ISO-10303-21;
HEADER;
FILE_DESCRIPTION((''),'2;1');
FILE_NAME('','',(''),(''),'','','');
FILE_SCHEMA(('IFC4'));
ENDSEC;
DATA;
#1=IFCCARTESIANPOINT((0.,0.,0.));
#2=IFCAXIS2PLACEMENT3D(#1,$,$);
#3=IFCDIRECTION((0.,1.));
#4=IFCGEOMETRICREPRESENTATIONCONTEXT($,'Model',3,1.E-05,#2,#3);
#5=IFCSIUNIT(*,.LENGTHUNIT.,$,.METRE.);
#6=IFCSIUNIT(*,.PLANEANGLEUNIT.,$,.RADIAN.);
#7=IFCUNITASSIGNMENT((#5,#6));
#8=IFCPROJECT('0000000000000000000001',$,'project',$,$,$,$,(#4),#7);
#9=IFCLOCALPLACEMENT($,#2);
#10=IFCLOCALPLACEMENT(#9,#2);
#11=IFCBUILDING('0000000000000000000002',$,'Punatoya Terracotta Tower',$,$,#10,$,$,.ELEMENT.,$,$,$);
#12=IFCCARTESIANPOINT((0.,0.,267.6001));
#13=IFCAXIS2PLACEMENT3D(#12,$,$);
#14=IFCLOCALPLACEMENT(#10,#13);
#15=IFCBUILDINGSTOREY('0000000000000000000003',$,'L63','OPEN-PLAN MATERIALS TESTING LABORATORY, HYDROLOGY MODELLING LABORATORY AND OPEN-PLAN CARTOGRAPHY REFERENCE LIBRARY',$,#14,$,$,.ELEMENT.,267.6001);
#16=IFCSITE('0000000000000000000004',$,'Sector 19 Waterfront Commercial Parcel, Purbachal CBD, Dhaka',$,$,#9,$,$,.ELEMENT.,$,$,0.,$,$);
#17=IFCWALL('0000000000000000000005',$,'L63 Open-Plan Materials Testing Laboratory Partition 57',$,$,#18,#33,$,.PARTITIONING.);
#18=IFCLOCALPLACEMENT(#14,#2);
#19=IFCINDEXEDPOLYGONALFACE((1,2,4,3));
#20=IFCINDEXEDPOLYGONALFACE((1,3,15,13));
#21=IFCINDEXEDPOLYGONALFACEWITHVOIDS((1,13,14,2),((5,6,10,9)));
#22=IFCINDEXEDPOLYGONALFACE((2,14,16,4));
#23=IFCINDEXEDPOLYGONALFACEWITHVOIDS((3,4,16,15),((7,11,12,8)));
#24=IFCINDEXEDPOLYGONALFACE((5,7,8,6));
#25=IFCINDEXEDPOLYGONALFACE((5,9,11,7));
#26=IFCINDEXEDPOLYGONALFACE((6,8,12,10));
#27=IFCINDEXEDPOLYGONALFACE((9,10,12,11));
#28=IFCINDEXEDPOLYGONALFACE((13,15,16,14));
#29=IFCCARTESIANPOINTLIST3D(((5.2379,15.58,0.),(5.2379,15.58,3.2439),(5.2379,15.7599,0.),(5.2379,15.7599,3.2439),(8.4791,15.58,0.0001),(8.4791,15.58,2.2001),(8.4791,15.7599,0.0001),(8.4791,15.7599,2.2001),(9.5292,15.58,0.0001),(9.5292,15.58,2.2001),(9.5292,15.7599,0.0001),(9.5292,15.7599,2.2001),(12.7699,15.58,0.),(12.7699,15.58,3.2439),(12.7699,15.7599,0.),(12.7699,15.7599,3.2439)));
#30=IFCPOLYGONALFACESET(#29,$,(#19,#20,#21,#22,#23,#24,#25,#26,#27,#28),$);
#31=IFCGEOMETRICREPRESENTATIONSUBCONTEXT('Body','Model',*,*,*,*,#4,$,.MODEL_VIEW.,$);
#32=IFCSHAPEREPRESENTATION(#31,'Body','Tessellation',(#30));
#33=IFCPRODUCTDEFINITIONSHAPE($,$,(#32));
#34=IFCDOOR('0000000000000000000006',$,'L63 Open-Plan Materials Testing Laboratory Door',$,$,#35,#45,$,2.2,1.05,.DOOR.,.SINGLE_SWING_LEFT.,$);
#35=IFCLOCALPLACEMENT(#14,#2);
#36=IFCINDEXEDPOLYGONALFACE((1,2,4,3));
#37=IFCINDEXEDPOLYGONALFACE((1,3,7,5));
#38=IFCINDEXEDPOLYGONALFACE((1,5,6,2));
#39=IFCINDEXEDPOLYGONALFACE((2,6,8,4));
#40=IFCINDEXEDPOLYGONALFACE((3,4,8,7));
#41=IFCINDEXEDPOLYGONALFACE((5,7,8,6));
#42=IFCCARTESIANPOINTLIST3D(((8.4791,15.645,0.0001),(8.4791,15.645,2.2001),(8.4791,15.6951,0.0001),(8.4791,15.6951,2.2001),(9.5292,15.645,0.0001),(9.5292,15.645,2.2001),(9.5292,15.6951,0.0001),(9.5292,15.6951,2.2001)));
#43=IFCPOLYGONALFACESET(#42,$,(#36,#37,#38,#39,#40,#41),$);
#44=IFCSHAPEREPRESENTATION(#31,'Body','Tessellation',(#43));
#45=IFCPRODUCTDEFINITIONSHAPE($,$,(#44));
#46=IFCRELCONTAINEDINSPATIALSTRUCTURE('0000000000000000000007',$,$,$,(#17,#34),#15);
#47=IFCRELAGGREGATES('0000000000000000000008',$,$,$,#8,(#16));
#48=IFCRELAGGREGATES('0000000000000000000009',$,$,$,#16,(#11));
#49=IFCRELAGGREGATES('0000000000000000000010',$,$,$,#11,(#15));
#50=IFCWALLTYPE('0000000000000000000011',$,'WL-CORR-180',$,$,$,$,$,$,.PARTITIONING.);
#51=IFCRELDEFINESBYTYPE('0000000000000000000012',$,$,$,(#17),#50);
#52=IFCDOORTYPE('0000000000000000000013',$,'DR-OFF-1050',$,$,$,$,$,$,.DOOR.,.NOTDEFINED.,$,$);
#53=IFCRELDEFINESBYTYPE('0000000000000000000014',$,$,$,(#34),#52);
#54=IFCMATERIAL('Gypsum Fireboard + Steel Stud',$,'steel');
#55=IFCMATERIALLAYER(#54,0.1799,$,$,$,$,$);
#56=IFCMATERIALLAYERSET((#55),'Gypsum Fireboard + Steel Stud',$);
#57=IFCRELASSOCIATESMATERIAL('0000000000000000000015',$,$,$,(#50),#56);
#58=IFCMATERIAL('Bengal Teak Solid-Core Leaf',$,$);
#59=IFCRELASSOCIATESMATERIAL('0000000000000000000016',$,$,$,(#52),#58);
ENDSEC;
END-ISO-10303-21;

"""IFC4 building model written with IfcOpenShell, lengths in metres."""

from ifc_helpers import new_model, si_unit, direction, frame, frame_2d, origin, place, context, subcontext, project, spatial, rectangle, extrude, material, layer, layer_set, type_object, element, fill, save


model = new_model("IFC4")

# Units and contexts
model_context = context("Model", 3, precision=1e-05, world=origin(), true_north=direction((0.0, 1.0)))
body_context = subcontext(model_context, "Body", "Model", "MODEL_VIEW")
ifc_project = project(units=[si_unit("LENGTHUNIT", "METRE"), si_unit("PLANEANGLEUNIT", "RADIAN")], contexts=[model_context])

# Site, building, storey
site_placement = place(None, origin())
site = spatial("IfcSite", under=ifc_project, at=site_placement, Name="Sector 19 Waterfront Commercial Parcel, Purbachal CBD, Dhaka", CompositionType="ELEMENT", RefElevation=0.0)
building_placement = place(site_placement, origin())
building = spatial("IfcBuilding", under=site, at=building_placement, Name="Punatoya Terracotta Tower", CompositionType="ELEMENT")
storey_placement = place(building_placement, frame((0.0, 0.0, 267.6001)))
storey = spatial("IfcBuildingStorey", under=building, at=storey_placement, Name="L63", Description="OPEN-PLAN MATERIALS TESTING LABORATORY, HYDROLOGY MODELLING LABORATORY AND OPEN-PLAN CARTOGRAPHY REFERENCE LIBRARY", CompositionType="ELEMENT", Elevation=267.6001)

# Wall, opening, door
ifc_material_1 = material(Name="Gypsum Fireboard + Steel Stud", Category="steel")
ifc_layer_1 = layer(ifc_material_1, 0.1799)
ifc_layer_set_1 = layer_set([ifc_layer_1], Name="Gypsum Fireboard + Steel Stud")
wall_type = type_object("IfcWallType", Name="WL-CORR-180", PredefinedType="PARTITIONING", material=ifc_layer_set_1)
ifc_material_2 = material(Name="Bengal Teak Solid-Core Leaf")
door_type = type_object("IfcDoorType", Name="DR-OFF-1050", OperationType="NOTDEFINED", PredefinedType="DOOR", material=ifc_material_2)
wall_1_placement = place(storey_placement, frame((12.77, 15.6699, 0.0), z_axis=(0.0, 0.0, 1.0), x_axis=(-1.0, 0.0, 0.0)))
wall_1 = element("IfcWall", 1, at=wall_1_placement, inside=storey, type_object=wall_type, Name="L63 Open-Plan Materials Testing Laboratory Partition 57", PredefinedType="PARTITIONING", context=body_context, shape_type="SweptSolid", body=[
    extrude(rectangle(XDim=7.532, YDim=0.1799, at=frame_2d((3.7661, 0.0))), origin(), (0.0, 0.0, 1.0), 3.2439),
])
opening_1_placement = place(wall_1_placement, frame((3.241, 0.0, 0.0)))
opening_1 = element("IfcOpeningElement", 2, at=opening_1_placement, cuts=wall_1, PredefinedType="OPENING", context=body_context, shape_type="SweptSolid", body=[
    extrude(rectangle(XDim=1.05, YDim=2.2, at=frame_2d((0.5249, 1.1001))), frame((0.0, 0.0999, 0.0), z_axis=(0.0, -1.0, 0.0), x_axis=(1.0, 0.0, 0.0)), (0.0, 0.0, 1.0), 0.2),
])
door_1_placement = place(opening_1_placement, origin())
door_1 = element("IfcDoor", 3, at=door_1_placement, inside=storey, type_object=door_type, Name="L63 Open-Plan Materials Testing Laboratory Door", OperationType="SINGLE_SWING_LEFT", OverallHeight=2.2, OverallWidth=1.05, PredefinedType="DOOR", context=body_context, shape_type="SweptSolid", body=[
    extrude(rectangle(XDim=1.05, YDim=2.2, at=frame_2d((0.5249, 1.1001))), frame((0.0, 0.0249, 0.0), z_axis=(0.0, -1.0, 0.0), x_axis=(1.0, 0.0, 0.0)), (0.0, 0.0, 1.0), 0.05),
])
fill(opening_1, door_1)

save(model, "model.ifc")
